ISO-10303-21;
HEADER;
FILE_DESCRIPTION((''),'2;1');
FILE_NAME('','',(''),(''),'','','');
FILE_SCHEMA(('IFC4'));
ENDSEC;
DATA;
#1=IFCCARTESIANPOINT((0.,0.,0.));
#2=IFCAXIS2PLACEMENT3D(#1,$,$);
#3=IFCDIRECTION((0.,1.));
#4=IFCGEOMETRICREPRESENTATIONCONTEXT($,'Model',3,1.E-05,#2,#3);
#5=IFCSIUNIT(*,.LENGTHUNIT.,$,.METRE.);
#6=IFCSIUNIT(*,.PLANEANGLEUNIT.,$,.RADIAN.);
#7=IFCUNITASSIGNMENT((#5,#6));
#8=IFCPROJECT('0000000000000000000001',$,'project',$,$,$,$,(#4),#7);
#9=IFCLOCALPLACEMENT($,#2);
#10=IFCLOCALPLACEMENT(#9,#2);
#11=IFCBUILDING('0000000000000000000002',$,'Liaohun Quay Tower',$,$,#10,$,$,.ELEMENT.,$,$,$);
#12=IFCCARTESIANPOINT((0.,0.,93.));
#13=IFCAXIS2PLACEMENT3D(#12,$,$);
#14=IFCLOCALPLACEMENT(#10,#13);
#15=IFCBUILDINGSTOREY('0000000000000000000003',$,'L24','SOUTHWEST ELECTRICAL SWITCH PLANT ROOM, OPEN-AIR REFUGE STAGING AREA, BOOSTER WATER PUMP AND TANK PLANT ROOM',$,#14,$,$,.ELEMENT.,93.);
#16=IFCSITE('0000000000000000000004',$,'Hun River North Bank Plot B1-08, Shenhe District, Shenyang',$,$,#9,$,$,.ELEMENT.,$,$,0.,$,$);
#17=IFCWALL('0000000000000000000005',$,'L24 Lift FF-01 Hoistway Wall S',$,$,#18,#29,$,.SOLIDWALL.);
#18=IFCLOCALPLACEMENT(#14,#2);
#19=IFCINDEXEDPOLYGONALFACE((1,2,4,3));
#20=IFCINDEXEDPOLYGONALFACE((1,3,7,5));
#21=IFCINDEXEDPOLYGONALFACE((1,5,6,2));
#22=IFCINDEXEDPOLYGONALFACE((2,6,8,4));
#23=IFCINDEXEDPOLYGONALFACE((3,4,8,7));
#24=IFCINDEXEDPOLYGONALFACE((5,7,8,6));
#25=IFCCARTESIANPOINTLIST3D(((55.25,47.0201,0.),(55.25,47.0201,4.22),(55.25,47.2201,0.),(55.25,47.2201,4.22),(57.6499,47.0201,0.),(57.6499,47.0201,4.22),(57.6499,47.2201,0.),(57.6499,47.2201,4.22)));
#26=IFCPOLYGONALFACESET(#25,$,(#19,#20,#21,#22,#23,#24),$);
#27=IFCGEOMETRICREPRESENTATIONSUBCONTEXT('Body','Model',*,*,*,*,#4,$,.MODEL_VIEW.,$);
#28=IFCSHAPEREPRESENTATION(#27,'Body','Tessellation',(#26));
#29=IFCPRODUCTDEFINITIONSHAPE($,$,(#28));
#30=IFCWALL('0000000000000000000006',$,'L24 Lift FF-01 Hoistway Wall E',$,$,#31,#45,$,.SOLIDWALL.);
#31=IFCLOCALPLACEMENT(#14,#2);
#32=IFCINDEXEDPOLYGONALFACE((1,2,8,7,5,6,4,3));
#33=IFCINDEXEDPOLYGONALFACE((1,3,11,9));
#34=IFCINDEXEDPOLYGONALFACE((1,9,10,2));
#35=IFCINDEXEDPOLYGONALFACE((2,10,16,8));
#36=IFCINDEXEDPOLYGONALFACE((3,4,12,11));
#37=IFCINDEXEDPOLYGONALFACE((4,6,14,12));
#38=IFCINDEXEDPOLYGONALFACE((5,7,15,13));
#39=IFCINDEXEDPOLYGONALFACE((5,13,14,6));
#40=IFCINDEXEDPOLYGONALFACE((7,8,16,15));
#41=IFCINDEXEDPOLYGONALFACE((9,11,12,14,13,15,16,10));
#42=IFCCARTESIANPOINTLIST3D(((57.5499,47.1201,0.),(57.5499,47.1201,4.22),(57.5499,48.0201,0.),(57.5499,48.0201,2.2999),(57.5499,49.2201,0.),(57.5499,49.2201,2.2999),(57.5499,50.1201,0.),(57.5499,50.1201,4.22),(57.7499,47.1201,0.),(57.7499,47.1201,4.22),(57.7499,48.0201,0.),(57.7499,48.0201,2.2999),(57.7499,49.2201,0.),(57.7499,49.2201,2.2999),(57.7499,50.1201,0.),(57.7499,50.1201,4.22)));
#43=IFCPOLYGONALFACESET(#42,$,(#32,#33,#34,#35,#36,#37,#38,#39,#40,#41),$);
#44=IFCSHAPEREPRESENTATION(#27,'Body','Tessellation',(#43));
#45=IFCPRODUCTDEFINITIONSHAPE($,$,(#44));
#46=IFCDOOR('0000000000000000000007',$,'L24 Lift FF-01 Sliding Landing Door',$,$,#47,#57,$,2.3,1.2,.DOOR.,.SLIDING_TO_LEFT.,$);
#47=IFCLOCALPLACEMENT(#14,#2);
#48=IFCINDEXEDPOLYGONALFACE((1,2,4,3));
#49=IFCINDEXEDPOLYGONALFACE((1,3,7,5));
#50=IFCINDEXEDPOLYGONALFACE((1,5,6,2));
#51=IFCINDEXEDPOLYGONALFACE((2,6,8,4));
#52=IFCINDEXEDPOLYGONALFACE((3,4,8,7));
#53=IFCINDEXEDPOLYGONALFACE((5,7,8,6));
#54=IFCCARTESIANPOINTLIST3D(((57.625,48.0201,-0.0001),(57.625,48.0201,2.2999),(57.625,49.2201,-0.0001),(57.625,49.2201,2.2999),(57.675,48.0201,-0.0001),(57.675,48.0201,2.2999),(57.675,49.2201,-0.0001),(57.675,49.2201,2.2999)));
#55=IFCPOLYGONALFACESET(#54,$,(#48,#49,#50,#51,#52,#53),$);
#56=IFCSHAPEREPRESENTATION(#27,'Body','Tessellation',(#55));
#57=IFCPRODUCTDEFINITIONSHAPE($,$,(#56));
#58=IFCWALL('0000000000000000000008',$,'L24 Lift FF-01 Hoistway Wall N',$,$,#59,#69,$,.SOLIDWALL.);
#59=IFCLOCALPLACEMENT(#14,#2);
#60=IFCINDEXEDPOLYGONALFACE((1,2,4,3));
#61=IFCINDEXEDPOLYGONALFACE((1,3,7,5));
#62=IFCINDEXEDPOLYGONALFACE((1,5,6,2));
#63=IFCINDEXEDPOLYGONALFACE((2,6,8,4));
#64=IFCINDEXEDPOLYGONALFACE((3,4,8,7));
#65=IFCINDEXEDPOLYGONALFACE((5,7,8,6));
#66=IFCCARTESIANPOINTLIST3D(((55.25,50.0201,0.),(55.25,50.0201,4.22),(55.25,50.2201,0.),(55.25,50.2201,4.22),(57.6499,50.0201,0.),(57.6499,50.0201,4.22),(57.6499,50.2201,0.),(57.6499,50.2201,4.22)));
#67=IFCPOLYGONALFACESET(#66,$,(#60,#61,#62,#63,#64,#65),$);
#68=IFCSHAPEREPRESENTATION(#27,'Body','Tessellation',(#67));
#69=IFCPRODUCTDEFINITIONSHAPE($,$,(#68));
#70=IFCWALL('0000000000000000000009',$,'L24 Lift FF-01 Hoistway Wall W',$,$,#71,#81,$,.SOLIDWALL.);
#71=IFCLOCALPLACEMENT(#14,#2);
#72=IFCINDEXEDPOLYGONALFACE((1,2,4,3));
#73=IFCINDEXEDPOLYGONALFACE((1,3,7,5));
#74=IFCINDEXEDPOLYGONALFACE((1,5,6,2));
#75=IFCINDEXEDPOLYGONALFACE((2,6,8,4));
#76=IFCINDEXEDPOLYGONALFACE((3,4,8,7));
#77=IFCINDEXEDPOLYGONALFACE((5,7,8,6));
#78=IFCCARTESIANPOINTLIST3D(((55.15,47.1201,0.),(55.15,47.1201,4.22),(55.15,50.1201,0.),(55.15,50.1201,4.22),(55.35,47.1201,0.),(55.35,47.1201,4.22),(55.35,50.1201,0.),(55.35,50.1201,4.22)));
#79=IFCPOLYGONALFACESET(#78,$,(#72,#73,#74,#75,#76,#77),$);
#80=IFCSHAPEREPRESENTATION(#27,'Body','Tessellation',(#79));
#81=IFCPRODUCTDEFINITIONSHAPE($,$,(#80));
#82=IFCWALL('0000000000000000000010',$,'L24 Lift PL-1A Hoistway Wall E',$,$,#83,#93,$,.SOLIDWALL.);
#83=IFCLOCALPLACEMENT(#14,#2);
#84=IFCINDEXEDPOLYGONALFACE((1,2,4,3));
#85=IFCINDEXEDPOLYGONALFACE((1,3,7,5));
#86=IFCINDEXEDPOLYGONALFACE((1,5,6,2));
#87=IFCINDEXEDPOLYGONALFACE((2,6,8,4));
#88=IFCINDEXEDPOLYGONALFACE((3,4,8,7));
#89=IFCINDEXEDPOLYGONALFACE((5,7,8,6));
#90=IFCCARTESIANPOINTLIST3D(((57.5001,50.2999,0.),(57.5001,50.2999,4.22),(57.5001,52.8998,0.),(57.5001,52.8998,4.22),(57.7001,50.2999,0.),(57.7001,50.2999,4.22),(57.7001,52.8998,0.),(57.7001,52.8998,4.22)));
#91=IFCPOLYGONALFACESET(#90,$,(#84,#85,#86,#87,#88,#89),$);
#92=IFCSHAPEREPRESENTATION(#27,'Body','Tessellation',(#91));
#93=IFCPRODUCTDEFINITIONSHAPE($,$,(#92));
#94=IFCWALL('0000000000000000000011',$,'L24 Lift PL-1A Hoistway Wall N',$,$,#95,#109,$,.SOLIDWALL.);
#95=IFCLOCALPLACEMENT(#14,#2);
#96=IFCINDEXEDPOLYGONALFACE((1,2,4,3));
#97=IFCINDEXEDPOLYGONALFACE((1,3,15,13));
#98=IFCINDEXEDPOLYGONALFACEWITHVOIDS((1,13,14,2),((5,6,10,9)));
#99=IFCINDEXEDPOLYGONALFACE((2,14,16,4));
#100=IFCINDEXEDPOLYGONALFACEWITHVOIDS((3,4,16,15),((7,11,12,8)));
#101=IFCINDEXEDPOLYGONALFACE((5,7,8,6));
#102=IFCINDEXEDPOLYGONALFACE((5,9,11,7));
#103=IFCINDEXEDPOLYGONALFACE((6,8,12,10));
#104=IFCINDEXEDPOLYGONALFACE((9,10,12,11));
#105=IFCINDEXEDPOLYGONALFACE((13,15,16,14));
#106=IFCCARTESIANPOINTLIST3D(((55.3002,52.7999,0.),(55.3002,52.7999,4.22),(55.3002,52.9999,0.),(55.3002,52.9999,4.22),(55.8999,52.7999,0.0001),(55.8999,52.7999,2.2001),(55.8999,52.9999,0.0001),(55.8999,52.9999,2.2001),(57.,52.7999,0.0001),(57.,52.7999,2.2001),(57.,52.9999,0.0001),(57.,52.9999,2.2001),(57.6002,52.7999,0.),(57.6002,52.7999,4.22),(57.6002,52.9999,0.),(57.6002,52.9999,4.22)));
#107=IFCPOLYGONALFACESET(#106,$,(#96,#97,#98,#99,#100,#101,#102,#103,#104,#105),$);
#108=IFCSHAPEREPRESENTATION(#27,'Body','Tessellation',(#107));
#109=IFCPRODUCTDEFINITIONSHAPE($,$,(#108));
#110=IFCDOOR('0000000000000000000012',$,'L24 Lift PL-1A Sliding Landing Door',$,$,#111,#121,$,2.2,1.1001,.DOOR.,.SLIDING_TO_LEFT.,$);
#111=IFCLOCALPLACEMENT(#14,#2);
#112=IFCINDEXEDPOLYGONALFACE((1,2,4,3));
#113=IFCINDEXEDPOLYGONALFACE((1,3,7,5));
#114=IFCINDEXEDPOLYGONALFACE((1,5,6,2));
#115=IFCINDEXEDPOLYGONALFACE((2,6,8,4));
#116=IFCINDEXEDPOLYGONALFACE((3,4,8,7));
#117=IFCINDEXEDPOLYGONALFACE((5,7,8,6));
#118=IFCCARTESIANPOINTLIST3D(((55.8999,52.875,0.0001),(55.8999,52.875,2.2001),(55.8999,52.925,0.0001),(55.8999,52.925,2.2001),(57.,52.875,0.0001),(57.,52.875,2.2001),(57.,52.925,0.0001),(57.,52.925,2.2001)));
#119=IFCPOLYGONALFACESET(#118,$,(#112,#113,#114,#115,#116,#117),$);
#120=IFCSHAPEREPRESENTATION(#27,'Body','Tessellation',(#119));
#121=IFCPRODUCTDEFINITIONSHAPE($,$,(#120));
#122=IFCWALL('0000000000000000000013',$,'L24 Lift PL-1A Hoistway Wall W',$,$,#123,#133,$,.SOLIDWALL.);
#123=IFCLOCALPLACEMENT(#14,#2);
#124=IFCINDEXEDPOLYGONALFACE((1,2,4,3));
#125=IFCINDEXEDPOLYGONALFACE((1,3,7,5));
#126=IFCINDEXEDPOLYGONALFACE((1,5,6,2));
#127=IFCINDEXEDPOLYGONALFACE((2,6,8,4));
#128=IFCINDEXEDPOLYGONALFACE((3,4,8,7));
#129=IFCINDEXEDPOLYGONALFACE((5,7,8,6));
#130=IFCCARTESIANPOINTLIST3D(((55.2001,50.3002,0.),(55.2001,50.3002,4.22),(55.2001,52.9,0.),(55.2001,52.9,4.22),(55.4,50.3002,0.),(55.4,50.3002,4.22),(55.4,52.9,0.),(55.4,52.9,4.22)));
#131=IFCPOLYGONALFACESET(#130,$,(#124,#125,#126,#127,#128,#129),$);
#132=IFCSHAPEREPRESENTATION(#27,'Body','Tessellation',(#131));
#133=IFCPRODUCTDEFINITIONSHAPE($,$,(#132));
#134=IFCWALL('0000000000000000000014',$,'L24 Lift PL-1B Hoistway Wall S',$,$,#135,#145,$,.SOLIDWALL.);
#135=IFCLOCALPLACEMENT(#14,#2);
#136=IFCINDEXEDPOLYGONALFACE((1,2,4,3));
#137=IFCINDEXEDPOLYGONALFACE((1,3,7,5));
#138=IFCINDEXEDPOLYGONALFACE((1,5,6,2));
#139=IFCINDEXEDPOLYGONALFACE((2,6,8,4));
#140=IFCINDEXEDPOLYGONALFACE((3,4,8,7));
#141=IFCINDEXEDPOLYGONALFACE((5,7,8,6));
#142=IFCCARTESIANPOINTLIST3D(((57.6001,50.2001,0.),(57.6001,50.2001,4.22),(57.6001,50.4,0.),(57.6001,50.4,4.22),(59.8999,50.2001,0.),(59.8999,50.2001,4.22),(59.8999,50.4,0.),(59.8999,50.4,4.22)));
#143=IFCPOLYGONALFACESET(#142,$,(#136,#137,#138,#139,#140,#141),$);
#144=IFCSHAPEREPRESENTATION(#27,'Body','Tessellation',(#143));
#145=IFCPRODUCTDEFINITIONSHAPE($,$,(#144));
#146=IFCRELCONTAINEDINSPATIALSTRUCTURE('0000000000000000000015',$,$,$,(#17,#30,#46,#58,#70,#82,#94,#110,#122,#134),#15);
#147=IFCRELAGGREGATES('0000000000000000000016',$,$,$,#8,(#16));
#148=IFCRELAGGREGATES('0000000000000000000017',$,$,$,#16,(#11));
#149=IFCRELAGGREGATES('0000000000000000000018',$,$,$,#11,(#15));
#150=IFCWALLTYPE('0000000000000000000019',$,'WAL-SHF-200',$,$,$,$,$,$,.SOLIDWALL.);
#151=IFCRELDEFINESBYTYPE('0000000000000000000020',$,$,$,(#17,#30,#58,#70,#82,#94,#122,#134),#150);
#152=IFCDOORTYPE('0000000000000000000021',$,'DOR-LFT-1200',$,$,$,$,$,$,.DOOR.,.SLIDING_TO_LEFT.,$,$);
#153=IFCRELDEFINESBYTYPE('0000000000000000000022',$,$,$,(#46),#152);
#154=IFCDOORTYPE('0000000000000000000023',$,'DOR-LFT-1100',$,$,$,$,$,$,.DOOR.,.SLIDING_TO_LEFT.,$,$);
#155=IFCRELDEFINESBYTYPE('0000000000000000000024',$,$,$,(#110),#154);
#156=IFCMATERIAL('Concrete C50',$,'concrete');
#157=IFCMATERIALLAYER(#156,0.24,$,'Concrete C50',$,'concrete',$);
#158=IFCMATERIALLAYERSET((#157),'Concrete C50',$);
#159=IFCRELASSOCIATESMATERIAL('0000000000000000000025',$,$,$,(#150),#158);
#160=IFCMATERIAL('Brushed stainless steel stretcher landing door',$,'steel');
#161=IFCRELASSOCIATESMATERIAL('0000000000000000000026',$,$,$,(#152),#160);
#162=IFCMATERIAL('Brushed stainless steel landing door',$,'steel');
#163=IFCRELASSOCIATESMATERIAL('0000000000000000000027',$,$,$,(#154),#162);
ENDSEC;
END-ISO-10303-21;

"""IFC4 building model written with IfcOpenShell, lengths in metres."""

from ifc_helpers import new_model, si_unit, direction, frame, frame_2d, origin, place, context, subcontext, project, spatial, rectangle, extrude, source, transform, mapped, material, layer, layer_set, type_object, element, fill, save


model = new_model("IFC4")

# Units and contexts
model_context = context("Model", 3, precision=1e-05, world=origin(), true_north=direction((0.0, 1.0)))
body_context = subcontext(model_context, "Body", "Model", "MODEL_VIEW")
ifc_project = project(units=[si_unit("LENGTHUNIT", "METRE"), si_unit("PLANEANGLEUNIT", "RADIAN")], contexts=[model_context])

# Site, building, storey
site_placement = place(None, origin())
site = spatial("IfcSite", under=ifc_project, at=site_placement, Name="Hun River North Bank Plot B1-08, Shenhe District, Shenyang", CompositionType="ELEMENT", RefElevation=0.0)
building_placement = place(site_placement, origin())
building = spatial("IfcBuilding", under=site, at=building_placement, Name="Liaohun Quay Tower", CompositionType="ELEMENT")
storey_placement = place(building_placement, frame((0.0, 0.0, 93.0)))
storey = spatial("IfcBuildingStorey", under=building, at=storey_placement, Name="L24", Description="SOUTHWEST ELECTRICAL SWITCH PLANT ROOM, OPEN-AIR REFUGE STAGING AREA, BOOSTER WATER PUMP AND TANK PLANT ROOM", CompositionType="ELEMENT", Elevation=93.0)

# Wall
ifc_material_1 = material(Name="Concrete C50", Category="concrete")
ifc_layer_1 = layer(ifc_material_1, 0.24, Name="Concrete C50", Category="concrete")
ifc_layer_set_1 = layer_set([ifc_layer_1], Name="Concrete C50")
wall_type_1 = type_object("IfcWallType", Name="WAL-SHF-200", PredefinedType="SOLIDWALL", material=ifc_layer_set_1)
wall_1_placement = place(storey_placement, frame((55.25, 47.1201, 0.0), z_axis=(0.0, 0.0, 1.0), x_axis=(1.0, 0.0, 0.0)))
element("IfcWall", 1, at=wall_1_placement, inside=storey, type_object=wall_type_1, Name="L24 Lift FF-01 Hoistway Wall S", PredefinedType="SOLIDWALL", context=body_context, shape_type="SweptSolid", body=[
    extrude(rectangle(XDim=2.3999, YDim=0.2, at=frame_2d((1.2, 0.0))), origin(), (0.0, 0.0, 1.0), 4.22),
])

# Wall, opening, door
wall_2_placement = place(storey_placement, frame((57.6499, 47.1201, 0.0), z_axis=(0.0, 0.0, 1.0), x_axis=(0.0, 1.0, 0.0)))
wall_2 = element("IfcWall", 2, at=wall_2_placement, inside=storey, type_object=wall_type_1, Name="L24 Lift FF-01 Hoistway Wall E", PredefinedType="SOLIDWALL", context=body_context, shape_type="SweptSolid", body=[
    extrude(rectangle(XDim=3.0, YDim=0.2, at=frame_2d((1.5, 0.0))), origin(), (0.0, 0.0, 1.0), 4.22),
])
shared_shape_1 = source(origin(), body_context, "Body", "SweptSolid", [
    extrude(rectangle(XDim=1.2, YDim=2.3, at=frame_2d((0.6001, 1.1499))), frame((0.0, 0.1099, 0.0), z_axis=(0.0, -1.0, 0.0), x_axis=(1.0, 0.0, 0.0)), (0.0, 0.0, 1.0), 0.22),
])
opening_1_placement = place(wall_2_placement, frame((0.8999, 0.0, 0.0)))
opening_1 = element("IfcOpeningElement", 3, at=opening_1_placement, cuts=wall_2, PredefinedType="OPENING", context=body_context, shape_type="MappedRepresentation", body=[
    mapped(shared_shape_1, transform((0.0, 0.0, 0.0), x_axis=(1.0, 0.0, 0.0), y_axis=(0.0, 1.0, 0.0), z_axis=(0.0, 0.0, 1.0), scale=1.0)),
])
ifc_material_2 = material(Name="Brushed stainless steel stretcher landing door", Category="steel")
door_type_1 = type_object("IfcDoorType", Name="DOR-LFT-1200", OperationType="SLIDING_TO_LEFT", PredefinedType="DOOR", material=ifc_material_2)
shared_shape_2 = source(origin(), body_context, "Body", "SweptSolid", [
    extrude(rectangle(XDim=1.2, YDim=2.3, at=frame_2d((0.6001, 1.1499))), frame((0.0, 0.0249, 0.0), z_axis=(0.0, -1.0, 0.0), x_axis=(1.0, 0.0, 0.0)), (0.0, 0.0, 1.0), 0.05),
])
door_1_placement = place(opening_1_placement, origin())
door_1 = element("IfcDoor", 4, at=door_1_placement, inside=storey, type_object=door_type_1, Name="L24 Lift FF-01 Sliding Landing Door", OperationType="SLIDING_TO_LEFT", OverallHeight=2.3, OverallWidth=1.2, PredefinedType="DOOR", context=body_context, shape_type="MappedRepresentation", body=[
    mapped(shared_shape_2, transform((0.0, 0.0, 0.0), x_axis=(1.0, 0.0, 0.0), y_axis=(0.0, 1.0, 0.0), z_axis=(0.0, 0.0, 1.0), scale=1.0)),
])
fill(opening_1, door_1)

# Walls
wall_3_placement = place(storey_placement, frame((57.6499, 50.1201, 0.0), z_axis=(0.0, 0.0, 1.0), x_axis=(-1.0, 0.0, 0.0)))
element("IfcWall", 5, at=wall_3_placement, inside=storey, type_object=wall_type_1, Name="L24 Lift FF-01 Hoistway Wall N", PredefinedType="SOLIDWALL", context=body_context, shape_type="SweptSolid", body=[
    extrude(rectangle(XDim=2.3999, YDim=0.2, at=frame_2d((1.2, 0.0))), origin(), (0.0, 0.0, 1.0), 4.22),
])
wall_4_placement = place(storey_placement, frame((55.25, 50.1201, 0.0), z_axis=(0.0, 0.0, 1.0), x_axis=(0.0, -1.0, 0.0)))
element("IfcWall", 6, at=wall_4_placement, inside=storey, type_object=wall_type_1, Name="L24 Lift FF-01 Hoistway Wall W", PredefinedType="SOLIDWALL", context=body_context, shape_type="SweptSolid", body=[
    extrude(rectangle(XDim=3.0, YDim=0.2, at=frame_2d((1.5, 0.0))), origin(), (0.0, 0.0, 1.0), 4.22),
])
wall_5_placement = place(storey_placement, frame((57.6001, 50.3, 0.0), z_axis=(0.0, 0.0, 1.0), x_axis=(0.0, 1.0, 0.0)))
element("IfcWall", 7, at=wall_5_placement, inside=storey, type_object=wall_type_1, Name="L24 Lift PL-1A Hoistway Wall E", PredefinedType="SOLIDWALL", context=body_context, shape_type="SweptSolid", body=[
    extrude(rectangle(XDim=2.5999, YDim=0.2, at=frame_2d((1.2998, 0.0))), origin(), (0.0, 0.0, 1.0), 4.22),
])

# Wall, opening, door
wall_6_placement = place(storey_placement, frame((57.6001, 52.8999, 0.0), z_axis=(0.0, 0.0, 1.0), x_axis=(-1.0, 0.0, 0.0)))
wall_6 = element("IfcWall", 8, at=wall_6_placement, inside=storey, type_object=wall_type_1, Name="L24 Lift PL-1A Hoistway Wall N", PredefinedType="SOLIDWALL", context=body_context, shape_type="SweptSolid", body=[
    extrude(rectangle(XDim=2.3, YDim=0.2, at=frame_2d((1.1499, 0.0))), origin(), (0.0, 0.0, 1.0), 4.22),
])
shared_shape_3 = source(origin(), body_context, "Body", "SweptSolid", [
    extrude(rectangle(XDim=1.1001, YDim=2.2, at=frame_2d((0.55, 1.1001))), frame((0.0, 0.1099, 0.0), z_axis=(0.0, -1.0, 0.0), x_axis=(1.0, 0.0, 0.0)), (0.0, 0.0, 1.0), 0.22),
])
opening_2_placement = place(wall_6_placement, frame((0.6001, 0.0, 0.0)))
opening_2 = element("IfcOpeningElement", 9, at=opening_2_placement, cuts=wall_6, PredefinedType="OPENING", context=body_context, shape_type="MappedRepresentation", body=[
    mapped(shared_shape_3, transform((0.0, 0.0, 0.0), x_axis=(1.0, 0.0, 0.0), y_axis=(0.0, 1.0, 0.0), z_axis=(0.0, 0.0, 1.0), scale=1.0)),
])
ifc_material_3 = material(Name="Brushed stainless steel landing door", Category="steel")
door_type_2 = type_object("IfcDoorType", Name="DOR-LFT-1100", OperationType="SLIDING_TO_LEFT", PredefinedType="DOOR", material=ifc_material_3)
shared_shape_4 = source(origin(), body_context, "Body", "SweptSolid", [
    extrude(rectangle(XDim=1.1001, YDim=2.2, at=frame_2d((0.55, 1.1001))), frame((0.0, 0.0249, 0.0), z_axis=(0.0, -1.0, 0.0), x_axis=(1.0, 0.0, 0.0)), (0.0, 0.0, 1.0), 0.05),
])
door_2_placement = place(opening_2_placement, origin())
door_2 = element("IfcDoor", 10, at=door_2_placement, inside=storey, type_object=door_type_2, Name="L24 Lift PL-1A Sliding Landing Door", OperationType="SLIDING_TO_LEFT", OverallHeight=2.2, OverallWidth=1.1001, PredefinedType="DOOR", context=body_context, shape_type="MappedRepresentation", body=[
    mapped(shared_shape_4, transform((0.0, 0.0, 0.0), x_axis=(1.0, 0.0, 0.0), y_axis=(0.0, 1.0, 0.0), z_axis=(0.0, 0.0, 1.0), scale=1.0)),
])
fill(opening_2, door_2)

# Walls
wall_7_placement = place(storey_placement, frame((55.3, 52.8999, 0.0), z_axis=(0.0, 0.0, 1.0), x_axis=(0.0, -1.0, 0.0)))
element("IfcWall", 11, at=wall_7_placement, inside=storey, type_object=wall_type_1, Name="L24 Lift PL-1A Hoistway Wall W", PredefinedType="SOLIDWALL", context=body_context, shape_type="SweptSolid", body=[
    extrude(rectangle(XDim=2.5999, YDim=0.2, at=frame_2d((1.2998, 0.0))), origin(), (0.0, 0.0, 1.0), 4.22),
])
wall_8_placement = place(storey_placement, frame((57.6001, 50.3, 0.0), z_axis=(0.0, 0.0, 1.0), x_axis=(1.0, 0.0, 0.0)))
element("IfcWall", 12, at=wall_8_placement, inside=storey, type_object=wall_type_1, Name="L24 Lift PL-1B Hoistway Wall S", PredefinedType="SOLIDWALL", context=body_context, shape_type="SweptSolid", body=[
    extrude(rectangle(XDim=2.2998, YDim=0.2, at=frame_2d((1.1499, 0.0))), origin(), (0.0, 0.0, 1.0), 4.22),
])

save(model, "model.ifc")
